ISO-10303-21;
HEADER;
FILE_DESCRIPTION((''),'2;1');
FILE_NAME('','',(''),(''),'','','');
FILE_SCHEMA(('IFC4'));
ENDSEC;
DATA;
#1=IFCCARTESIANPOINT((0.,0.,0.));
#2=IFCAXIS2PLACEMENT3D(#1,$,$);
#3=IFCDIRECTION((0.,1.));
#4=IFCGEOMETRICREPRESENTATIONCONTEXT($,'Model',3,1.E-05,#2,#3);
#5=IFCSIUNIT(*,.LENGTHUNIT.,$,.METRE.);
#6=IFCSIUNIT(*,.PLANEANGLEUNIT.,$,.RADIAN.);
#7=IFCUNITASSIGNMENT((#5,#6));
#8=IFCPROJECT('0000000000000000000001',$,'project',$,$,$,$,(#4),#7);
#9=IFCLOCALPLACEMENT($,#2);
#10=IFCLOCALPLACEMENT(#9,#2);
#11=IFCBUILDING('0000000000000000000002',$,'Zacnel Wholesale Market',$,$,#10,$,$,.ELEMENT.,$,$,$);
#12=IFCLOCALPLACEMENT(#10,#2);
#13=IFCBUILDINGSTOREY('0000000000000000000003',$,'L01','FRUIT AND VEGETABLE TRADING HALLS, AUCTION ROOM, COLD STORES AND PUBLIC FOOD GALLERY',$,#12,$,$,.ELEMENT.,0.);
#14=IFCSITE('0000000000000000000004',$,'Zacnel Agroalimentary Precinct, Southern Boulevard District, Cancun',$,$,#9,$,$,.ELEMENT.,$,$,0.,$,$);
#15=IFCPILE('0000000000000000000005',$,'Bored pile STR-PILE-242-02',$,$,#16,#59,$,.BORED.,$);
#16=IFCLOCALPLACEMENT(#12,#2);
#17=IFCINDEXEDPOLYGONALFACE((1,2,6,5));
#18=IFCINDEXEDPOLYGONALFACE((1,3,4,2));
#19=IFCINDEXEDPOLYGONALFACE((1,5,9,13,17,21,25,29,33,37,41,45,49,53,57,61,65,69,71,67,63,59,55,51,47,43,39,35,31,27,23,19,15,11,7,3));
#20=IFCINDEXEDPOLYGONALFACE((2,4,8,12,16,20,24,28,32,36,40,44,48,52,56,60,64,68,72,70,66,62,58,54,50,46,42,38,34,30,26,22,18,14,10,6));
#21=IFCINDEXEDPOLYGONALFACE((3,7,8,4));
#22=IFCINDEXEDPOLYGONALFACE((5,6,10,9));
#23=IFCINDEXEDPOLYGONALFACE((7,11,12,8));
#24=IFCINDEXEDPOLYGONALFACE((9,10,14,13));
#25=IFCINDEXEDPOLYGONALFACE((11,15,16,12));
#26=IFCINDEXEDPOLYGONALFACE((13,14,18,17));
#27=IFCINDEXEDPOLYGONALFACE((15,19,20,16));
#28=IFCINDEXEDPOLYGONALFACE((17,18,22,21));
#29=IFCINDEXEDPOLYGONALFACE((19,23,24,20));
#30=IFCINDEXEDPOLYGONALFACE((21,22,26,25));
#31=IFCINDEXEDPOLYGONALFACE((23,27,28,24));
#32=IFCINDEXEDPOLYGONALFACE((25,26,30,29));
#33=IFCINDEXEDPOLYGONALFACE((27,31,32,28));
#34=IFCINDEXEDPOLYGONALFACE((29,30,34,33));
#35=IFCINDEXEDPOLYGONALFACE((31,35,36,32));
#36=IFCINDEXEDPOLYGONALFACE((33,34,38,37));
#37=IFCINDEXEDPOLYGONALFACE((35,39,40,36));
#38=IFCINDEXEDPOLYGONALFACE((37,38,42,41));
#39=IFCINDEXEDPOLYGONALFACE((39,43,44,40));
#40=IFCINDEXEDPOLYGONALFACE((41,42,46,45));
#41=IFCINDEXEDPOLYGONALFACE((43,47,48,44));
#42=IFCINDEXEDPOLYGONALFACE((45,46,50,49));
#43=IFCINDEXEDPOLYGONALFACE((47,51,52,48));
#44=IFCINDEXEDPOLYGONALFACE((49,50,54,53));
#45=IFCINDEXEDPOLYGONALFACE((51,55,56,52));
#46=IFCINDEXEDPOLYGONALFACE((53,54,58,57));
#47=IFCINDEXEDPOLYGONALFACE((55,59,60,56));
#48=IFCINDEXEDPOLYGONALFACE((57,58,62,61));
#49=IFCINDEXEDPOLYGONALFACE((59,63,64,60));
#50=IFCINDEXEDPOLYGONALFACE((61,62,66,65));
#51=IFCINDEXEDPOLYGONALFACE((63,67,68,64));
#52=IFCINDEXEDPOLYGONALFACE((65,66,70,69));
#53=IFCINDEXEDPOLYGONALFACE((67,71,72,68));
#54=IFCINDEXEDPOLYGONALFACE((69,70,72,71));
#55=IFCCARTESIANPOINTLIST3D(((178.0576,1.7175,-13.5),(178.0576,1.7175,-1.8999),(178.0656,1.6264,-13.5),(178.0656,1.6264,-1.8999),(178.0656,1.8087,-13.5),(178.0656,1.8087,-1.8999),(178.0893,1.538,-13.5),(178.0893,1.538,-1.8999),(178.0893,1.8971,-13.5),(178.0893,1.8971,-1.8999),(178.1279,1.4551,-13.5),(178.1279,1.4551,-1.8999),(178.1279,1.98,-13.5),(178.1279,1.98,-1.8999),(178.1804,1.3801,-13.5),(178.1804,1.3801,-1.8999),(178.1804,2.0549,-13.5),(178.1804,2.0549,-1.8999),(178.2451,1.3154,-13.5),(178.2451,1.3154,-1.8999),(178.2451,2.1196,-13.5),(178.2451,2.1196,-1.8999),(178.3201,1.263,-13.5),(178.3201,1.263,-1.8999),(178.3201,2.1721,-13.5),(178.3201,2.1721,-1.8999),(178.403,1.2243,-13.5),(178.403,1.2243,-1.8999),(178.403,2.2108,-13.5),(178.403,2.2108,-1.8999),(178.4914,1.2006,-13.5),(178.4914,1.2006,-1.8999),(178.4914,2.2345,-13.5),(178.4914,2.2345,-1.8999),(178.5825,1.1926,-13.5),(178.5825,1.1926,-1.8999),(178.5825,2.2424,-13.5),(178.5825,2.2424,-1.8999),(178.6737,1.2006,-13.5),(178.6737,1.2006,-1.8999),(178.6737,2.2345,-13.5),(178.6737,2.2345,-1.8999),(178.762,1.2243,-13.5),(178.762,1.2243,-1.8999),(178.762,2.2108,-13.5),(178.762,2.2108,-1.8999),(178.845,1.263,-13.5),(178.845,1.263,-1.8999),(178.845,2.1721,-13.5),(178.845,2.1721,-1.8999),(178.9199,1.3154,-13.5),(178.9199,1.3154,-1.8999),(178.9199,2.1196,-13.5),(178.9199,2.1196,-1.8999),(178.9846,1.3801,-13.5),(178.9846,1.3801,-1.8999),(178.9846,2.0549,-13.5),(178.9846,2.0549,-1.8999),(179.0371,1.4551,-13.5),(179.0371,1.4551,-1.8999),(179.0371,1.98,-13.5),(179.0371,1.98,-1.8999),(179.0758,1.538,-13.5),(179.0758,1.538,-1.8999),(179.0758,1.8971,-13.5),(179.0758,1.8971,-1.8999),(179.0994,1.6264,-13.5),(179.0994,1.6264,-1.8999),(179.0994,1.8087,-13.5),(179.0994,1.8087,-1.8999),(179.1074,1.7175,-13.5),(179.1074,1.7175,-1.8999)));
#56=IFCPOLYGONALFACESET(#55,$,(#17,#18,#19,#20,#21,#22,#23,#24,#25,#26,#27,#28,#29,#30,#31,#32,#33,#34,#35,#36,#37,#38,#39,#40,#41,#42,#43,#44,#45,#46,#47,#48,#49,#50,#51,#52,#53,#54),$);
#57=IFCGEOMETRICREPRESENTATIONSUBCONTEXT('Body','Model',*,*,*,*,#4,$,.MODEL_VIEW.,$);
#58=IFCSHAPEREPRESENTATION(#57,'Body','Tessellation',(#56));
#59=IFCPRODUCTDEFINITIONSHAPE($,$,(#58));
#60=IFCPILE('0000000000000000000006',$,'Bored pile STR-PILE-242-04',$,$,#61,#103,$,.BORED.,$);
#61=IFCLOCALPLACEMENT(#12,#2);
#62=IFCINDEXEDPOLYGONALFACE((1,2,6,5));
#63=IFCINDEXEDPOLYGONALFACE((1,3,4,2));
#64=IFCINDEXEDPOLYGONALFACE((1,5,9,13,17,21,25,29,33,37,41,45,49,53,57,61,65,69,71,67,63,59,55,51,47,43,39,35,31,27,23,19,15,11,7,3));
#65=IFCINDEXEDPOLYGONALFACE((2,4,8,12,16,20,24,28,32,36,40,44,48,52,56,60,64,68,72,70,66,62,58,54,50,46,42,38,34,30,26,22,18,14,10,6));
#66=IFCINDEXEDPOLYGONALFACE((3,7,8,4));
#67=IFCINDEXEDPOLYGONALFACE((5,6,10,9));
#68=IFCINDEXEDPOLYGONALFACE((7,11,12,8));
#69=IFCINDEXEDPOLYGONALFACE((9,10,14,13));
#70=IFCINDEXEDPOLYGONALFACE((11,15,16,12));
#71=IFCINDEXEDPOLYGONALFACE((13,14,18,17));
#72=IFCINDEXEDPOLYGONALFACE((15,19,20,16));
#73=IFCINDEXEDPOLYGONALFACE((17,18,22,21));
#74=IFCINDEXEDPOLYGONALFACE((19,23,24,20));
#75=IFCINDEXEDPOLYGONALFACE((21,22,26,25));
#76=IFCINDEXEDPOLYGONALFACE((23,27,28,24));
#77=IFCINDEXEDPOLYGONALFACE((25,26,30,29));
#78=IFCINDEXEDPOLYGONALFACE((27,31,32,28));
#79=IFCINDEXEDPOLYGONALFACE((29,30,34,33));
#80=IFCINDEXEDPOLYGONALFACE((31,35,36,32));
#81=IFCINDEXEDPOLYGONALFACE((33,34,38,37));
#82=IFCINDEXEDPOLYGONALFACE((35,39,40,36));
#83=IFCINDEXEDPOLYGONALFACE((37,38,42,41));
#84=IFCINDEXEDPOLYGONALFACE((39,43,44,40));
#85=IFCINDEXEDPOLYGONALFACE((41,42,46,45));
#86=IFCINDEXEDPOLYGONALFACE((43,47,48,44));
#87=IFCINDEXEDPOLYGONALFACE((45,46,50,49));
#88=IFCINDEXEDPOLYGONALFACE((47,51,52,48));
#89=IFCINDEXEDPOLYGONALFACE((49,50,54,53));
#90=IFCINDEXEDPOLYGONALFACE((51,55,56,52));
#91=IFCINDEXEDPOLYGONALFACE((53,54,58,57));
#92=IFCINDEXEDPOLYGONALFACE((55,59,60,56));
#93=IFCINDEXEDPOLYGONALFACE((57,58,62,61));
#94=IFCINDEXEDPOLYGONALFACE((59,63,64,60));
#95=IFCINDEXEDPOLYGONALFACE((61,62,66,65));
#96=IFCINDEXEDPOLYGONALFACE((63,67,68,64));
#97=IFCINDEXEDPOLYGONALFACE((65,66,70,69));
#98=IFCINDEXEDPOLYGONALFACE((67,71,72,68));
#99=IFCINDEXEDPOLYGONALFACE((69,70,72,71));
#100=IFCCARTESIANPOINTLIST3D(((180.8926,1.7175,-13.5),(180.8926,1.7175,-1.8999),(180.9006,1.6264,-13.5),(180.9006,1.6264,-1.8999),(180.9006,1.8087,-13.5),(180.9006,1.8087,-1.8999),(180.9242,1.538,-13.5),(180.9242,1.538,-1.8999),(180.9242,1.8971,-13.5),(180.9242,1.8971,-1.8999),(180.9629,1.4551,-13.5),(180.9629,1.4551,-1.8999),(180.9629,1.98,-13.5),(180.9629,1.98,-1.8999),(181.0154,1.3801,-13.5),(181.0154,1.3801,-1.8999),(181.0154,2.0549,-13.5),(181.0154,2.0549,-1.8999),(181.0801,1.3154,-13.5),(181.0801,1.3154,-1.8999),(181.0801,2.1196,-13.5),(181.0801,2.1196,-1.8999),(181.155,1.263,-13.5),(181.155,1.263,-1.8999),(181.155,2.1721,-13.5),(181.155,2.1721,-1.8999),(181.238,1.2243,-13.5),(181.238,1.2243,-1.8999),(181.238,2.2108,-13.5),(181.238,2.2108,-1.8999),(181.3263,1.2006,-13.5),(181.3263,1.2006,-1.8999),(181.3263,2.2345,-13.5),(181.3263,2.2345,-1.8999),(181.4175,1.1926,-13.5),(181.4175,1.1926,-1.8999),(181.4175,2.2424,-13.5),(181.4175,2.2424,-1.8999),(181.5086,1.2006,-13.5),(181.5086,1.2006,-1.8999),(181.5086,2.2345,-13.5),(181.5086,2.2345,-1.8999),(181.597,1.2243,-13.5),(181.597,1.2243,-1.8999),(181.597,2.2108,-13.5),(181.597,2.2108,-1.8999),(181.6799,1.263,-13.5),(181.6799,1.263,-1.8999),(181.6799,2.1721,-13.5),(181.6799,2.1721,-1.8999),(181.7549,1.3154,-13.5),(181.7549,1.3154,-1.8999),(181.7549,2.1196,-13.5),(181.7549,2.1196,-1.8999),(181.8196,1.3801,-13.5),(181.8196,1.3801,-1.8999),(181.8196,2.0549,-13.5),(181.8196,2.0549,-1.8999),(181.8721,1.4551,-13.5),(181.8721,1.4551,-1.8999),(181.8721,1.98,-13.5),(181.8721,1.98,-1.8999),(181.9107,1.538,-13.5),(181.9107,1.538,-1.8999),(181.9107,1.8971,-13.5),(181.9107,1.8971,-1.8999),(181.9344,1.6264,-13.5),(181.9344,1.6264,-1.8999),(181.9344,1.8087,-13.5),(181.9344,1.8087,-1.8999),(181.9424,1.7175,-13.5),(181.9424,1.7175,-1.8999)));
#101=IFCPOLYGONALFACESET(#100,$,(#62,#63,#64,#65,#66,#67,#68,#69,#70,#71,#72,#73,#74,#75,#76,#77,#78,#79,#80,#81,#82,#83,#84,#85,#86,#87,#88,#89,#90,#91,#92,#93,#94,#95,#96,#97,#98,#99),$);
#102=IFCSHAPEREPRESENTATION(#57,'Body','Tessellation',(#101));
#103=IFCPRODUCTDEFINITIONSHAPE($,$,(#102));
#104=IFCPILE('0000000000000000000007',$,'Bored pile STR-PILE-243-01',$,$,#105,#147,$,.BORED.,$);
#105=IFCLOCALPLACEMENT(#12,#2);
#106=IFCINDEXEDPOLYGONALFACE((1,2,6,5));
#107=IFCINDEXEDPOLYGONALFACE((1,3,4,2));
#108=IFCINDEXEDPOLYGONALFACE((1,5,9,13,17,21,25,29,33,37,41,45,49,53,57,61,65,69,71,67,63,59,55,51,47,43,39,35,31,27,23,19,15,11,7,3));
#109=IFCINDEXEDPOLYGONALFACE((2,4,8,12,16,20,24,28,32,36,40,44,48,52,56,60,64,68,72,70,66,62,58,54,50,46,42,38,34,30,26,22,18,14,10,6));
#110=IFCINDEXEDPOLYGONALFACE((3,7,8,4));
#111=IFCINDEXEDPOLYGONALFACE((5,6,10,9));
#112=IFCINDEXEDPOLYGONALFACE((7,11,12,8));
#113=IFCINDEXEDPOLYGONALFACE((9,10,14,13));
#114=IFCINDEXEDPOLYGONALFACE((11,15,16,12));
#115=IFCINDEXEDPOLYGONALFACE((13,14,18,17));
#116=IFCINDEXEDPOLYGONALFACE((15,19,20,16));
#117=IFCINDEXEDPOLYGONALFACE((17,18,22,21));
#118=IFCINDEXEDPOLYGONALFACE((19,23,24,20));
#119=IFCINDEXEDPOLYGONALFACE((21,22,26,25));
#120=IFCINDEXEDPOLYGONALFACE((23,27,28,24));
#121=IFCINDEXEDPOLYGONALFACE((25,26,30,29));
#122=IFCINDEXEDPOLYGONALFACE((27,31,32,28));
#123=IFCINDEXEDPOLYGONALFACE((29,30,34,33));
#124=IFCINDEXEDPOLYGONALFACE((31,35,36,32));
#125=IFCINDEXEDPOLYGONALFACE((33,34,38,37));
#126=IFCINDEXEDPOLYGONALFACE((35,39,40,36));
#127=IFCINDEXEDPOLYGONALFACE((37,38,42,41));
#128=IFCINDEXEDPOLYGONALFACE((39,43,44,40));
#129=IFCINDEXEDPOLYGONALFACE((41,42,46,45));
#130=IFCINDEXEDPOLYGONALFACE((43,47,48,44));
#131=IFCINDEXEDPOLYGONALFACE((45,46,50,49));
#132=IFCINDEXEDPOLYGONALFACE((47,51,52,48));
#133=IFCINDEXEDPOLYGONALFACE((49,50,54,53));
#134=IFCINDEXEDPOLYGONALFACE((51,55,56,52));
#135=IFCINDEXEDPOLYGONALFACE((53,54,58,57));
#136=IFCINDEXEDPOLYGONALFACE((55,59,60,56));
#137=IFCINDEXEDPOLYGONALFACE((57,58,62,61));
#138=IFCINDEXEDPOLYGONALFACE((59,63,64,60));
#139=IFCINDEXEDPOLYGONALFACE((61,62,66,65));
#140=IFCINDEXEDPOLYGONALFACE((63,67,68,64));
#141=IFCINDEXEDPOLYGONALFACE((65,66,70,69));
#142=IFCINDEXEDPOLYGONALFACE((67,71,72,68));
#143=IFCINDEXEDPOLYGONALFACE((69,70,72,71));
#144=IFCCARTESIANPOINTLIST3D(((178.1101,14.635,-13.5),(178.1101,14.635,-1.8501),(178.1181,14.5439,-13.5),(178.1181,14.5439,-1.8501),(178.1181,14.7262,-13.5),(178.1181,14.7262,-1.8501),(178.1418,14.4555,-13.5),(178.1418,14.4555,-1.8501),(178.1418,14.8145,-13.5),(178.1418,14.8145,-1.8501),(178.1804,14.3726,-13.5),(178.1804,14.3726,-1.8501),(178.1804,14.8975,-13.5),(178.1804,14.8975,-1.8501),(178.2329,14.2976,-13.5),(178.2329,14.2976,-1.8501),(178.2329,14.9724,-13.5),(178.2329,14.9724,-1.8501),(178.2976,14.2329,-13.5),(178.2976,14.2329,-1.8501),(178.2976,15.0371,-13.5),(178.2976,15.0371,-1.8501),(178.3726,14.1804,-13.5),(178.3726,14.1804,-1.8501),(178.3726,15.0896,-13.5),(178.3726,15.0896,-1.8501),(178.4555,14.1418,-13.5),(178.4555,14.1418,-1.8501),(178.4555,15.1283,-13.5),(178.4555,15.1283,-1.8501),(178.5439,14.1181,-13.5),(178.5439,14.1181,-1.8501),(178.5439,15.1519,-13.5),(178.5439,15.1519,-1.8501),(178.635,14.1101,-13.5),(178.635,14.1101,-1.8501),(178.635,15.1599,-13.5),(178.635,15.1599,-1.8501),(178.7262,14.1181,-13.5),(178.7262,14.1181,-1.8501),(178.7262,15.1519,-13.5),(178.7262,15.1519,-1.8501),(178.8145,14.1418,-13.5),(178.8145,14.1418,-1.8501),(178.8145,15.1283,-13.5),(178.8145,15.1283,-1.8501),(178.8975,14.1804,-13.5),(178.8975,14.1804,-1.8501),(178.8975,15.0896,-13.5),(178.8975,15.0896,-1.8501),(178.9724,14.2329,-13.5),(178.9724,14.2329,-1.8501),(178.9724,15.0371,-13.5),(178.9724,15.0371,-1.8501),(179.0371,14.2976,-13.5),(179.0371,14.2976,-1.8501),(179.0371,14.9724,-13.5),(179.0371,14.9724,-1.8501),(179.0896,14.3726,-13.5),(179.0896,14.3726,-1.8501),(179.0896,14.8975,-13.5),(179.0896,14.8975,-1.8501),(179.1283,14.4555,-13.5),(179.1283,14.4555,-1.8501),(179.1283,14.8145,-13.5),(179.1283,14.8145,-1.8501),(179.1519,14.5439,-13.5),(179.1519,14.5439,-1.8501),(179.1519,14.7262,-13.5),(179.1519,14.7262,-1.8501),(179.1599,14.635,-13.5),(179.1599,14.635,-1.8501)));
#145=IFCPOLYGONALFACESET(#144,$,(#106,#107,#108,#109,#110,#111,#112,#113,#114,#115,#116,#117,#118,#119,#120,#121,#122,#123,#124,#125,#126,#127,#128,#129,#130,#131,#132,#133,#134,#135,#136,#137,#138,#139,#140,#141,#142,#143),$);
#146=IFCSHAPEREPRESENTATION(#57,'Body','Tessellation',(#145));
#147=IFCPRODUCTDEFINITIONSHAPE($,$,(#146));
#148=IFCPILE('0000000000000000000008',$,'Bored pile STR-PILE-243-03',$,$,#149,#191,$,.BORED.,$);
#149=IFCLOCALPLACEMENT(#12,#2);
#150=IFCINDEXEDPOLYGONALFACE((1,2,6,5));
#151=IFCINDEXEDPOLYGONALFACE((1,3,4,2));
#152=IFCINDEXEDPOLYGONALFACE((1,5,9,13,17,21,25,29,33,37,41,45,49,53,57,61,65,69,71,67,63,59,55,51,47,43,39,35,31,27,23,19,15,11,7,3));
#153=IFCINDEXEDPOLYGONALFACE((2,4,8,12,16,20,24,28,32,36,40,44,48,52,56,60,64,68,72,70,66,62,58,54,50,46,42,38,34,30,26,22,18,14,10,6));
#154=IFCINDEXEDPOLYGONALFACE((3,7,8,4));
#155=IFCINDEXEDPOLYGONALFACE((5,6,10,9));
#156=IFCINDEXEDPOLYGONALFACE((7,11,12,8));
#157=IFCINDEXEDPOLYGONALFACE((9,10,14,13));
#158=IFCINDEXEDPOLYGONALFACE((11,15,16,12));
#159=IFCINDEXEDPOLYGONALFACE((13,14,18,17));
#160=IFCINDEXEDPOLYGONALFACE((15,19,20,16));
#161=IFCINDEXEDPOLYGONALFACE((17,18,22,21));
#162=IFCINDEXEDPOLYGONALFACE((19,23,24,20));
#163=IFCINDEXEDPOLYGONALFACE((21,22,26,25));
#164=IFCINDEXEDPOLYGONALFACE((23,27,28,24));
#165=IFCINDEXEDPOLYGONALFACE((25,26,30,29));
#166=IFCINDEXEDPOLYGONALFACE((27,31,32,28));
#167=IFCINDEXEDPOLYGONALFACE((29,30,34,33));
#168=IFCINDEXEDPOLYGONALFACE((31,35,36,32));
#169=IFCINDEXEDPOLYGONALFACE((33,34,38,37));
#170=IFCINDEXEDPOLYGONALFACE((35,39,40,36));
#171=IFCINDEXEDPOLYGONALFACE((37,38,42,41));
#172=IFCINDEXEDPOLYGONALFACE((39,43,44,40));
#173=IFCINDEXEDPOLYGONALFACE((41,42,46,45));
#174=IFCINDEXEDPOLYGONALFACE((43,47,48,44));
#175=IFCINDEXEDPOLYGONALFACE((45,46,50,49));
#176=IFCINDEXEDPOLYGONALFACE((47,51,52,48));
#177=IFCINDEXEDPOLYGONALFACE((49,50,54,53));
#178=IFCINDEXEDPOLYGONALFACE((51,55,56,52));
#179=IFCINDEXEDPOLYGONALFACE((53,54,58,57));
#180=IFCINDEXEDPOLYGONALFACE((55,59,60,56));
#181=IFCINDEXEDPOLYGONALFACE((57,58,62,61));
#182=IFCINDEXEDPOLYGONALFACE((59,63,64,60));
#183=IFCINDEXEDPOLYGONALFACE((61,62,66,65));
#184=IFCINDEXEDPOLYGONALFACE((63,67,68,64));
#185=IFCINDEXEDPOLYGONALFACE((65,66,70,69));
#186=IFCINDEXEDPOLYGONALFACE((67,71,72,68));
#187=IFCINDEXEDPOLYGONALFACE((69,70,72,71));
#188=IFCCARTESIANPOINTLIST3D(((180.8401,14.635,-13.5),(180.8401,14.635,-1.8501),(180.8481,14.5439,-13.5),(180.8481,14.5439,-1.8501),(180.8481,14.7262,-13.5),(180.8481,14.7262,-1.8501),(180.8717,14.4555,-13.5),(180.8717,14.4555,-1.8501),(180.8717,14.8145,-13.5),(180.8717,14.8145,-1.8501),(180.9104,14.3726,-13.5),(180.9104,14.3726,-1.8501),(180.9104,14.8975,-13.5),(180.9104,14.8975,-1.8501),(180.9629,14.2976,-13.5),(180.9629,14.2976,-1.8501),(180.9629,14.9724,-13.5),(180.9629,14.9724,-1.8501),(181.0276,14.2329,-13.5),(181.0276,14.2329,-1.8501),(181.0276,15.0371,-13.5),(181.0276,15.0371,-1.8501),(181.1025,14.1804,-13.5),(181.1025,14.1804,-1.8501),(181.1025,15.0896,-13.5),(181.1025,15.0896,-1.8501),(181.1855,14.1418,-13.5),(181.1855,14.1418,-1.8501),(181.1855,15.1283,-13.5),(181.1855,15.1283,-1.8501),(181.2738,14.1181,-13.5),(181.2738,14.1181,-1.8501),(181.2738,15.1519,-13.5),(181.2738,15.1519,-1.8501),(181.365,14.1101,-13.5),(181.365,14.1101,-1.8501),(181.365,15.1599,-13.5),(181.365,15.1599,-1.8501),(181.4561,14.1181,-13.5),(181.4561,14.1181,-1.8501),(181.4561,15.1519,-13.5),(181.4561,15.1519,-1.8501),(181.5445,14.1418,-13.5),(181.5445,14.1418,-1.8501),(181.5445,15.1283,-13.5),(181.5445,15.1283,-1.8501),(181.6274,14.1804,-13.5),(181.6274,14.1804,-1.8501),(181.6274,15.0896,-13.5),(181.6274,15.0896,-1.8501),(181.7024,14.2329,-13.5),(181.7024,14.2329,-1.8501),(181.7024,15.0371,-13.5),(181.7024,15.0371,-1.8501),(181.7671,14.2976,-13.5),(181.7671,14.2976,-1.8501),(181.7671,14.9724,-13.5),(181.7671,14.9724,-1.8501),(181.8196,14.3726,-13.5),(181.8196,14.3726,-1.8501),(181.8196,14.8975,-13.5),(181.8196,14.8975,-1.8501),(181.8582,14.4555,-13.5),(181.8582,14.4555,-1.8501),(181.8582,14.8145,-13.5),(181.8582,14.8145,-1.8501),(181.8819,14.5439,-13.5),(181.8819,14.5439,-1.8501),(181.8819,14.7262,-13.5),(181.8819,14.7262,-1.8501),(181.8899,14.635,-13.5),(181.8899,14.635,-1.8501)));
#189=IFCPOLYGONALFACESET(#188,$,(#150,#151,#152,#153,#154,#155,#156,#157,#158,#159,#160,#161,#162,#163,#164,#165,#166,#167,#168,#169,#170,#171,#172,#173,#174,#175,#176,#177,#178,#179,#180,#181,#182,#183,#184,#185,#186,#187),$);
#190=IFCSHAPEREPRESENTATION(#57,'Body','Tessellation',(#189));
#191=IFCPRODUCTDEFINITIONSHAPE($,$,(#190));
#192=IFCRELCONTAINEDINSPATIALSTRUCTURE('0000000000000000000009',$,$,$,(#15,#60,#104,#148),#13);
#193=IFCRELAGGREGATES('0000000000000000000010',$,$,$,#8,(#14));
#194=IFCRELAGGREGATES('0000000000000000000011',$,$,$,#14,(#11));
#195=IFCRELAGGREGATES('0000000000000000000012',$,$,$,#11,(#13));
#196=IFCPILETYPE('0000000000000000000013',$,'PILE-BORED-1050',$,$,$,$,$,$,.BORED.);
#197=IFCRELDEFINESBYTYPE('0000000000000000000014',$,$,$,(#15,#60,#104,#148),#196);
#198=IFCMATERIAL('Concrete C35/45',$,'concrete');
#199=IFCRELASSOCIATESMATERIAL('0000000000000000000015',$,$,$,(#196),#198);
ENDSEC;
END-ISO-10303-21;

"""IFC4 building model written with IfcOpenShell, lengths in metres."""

from ifc_helpers import new_model, si_unit, direction, frame, origin, origin_2d, place, context, subcontext, project, spatial, circle, extrude, material, material_profile, profile_set, type_object, element, save


model = new_model("IFC4")

# Units and contexts
model_context = context("Model", 3, precision=1e-05, world=origin(), true_north=direction((0.0, 1.0)))
body_context = subcontext(model_context, "Body", "Model", "MODEL_VIEW")
ifc_project = project(units=[si_unit("LENGTHUNIT", "METRE"), si_unit("PLANEANGLEUNIT", "RADIAN")], contexts=[model_context])

# Site, building, storey
site_placement = place(None, origin())
site = spatial("IfcSite", under=ifc_project, at=site_placement, Name="Zacnel Agroalimentary Precinct, Southern Boulevard District, Cancun", CompositionType="ELEMENT", RefElevation=0.0)
building_placement = place(site_placement, origin())
building = spatial("IfcBuilding", under=site, at=building_placement, Name="Zacnel Wholesale Market", CompositionType="ELEMENT")
storey_placement = place(building_placement, origin())
storey = spatial("IfcBuildingStorey", under=building, at=storey_placement, Name="L01", Description="FRUIT AND VEGETABLE TRADING HALLS, AUCTION ROOM, COLD STORES AND PUBLIC FOOD GALLERY", CompositionType="ELEMENT", Elevation=0.0)

# Piles
ifc_material_1 = material(Name="Concrete C35/45", Category="concrete")
ifc_material_profile_1 = material_profile(ifc_material_1, circle(Radius=0.5249, at=origin_2d()), Name="BORED PILE D1050")
ifc_profile_set_1 = profile_set([ifc_material_profile_1], Name="Concrete C35/45")
pile_type = type_object("IfcPileType", Name="PILE-BORED-1050", PredefinedType="BORED", material=ifc_profile_set_1)
for number, where, z_axis, x_axis, name in (
    (1, (178.5825, 1.7175, -1.8999), (0.0, 0.0, -1.0), (1.0, 0.0, 0.0), "Bored pile STR-PILE-242-02"),
    (2, (181.4175, 1.7175, -1.8999), (0.0, 0.0, -1.0), (1.0, 0.0, 0.0), "Bored pile STR-PILE-242-04"),
):
    element("IfcPile", number, at=place(storey_placement, frame(where, z_axis=z_axis, x_axis=x_axis)), inside=storey, type_object=pile_type, Name=name, PredefinedType="BORED", context=body_context, shape_type="SweptSolid", body=[
        extrude(circle(Radius=0.5249, at=origin_2d()), origin(), (0.0, 0.0, 1.0), 11.6001),
    ])
for number, where, z_axis, x_axis, name in (
    (3, (178.635, 14.635, -1.8501), (0.0, 0.0, -1.0), (1.0, 0.0, 0.0), "Bored pile STR-PILE-243-01"),
    (4, (181.365, 14.635, -1.8501), (0.0, 0.0, -1.0), (1.0, 0.0, 0.0), "Bored pile STR-PILE-243-03"),
):
    element("IfcPile", number, at=place(storey_placement, frame(where, z_axis=z_axis, x_axis=x_axis)), inside=storey, type_object=pile_type, Name=name, PredefinedType="BORED", context=body_context, shape_type="SweptSolid", body=[
        extrude(circle(Radius=0.5249, at=origin_2d()), origin(), (0.0, 0.0, 1.0), 11.6499),
    ])

save(model, "model.ifc")
